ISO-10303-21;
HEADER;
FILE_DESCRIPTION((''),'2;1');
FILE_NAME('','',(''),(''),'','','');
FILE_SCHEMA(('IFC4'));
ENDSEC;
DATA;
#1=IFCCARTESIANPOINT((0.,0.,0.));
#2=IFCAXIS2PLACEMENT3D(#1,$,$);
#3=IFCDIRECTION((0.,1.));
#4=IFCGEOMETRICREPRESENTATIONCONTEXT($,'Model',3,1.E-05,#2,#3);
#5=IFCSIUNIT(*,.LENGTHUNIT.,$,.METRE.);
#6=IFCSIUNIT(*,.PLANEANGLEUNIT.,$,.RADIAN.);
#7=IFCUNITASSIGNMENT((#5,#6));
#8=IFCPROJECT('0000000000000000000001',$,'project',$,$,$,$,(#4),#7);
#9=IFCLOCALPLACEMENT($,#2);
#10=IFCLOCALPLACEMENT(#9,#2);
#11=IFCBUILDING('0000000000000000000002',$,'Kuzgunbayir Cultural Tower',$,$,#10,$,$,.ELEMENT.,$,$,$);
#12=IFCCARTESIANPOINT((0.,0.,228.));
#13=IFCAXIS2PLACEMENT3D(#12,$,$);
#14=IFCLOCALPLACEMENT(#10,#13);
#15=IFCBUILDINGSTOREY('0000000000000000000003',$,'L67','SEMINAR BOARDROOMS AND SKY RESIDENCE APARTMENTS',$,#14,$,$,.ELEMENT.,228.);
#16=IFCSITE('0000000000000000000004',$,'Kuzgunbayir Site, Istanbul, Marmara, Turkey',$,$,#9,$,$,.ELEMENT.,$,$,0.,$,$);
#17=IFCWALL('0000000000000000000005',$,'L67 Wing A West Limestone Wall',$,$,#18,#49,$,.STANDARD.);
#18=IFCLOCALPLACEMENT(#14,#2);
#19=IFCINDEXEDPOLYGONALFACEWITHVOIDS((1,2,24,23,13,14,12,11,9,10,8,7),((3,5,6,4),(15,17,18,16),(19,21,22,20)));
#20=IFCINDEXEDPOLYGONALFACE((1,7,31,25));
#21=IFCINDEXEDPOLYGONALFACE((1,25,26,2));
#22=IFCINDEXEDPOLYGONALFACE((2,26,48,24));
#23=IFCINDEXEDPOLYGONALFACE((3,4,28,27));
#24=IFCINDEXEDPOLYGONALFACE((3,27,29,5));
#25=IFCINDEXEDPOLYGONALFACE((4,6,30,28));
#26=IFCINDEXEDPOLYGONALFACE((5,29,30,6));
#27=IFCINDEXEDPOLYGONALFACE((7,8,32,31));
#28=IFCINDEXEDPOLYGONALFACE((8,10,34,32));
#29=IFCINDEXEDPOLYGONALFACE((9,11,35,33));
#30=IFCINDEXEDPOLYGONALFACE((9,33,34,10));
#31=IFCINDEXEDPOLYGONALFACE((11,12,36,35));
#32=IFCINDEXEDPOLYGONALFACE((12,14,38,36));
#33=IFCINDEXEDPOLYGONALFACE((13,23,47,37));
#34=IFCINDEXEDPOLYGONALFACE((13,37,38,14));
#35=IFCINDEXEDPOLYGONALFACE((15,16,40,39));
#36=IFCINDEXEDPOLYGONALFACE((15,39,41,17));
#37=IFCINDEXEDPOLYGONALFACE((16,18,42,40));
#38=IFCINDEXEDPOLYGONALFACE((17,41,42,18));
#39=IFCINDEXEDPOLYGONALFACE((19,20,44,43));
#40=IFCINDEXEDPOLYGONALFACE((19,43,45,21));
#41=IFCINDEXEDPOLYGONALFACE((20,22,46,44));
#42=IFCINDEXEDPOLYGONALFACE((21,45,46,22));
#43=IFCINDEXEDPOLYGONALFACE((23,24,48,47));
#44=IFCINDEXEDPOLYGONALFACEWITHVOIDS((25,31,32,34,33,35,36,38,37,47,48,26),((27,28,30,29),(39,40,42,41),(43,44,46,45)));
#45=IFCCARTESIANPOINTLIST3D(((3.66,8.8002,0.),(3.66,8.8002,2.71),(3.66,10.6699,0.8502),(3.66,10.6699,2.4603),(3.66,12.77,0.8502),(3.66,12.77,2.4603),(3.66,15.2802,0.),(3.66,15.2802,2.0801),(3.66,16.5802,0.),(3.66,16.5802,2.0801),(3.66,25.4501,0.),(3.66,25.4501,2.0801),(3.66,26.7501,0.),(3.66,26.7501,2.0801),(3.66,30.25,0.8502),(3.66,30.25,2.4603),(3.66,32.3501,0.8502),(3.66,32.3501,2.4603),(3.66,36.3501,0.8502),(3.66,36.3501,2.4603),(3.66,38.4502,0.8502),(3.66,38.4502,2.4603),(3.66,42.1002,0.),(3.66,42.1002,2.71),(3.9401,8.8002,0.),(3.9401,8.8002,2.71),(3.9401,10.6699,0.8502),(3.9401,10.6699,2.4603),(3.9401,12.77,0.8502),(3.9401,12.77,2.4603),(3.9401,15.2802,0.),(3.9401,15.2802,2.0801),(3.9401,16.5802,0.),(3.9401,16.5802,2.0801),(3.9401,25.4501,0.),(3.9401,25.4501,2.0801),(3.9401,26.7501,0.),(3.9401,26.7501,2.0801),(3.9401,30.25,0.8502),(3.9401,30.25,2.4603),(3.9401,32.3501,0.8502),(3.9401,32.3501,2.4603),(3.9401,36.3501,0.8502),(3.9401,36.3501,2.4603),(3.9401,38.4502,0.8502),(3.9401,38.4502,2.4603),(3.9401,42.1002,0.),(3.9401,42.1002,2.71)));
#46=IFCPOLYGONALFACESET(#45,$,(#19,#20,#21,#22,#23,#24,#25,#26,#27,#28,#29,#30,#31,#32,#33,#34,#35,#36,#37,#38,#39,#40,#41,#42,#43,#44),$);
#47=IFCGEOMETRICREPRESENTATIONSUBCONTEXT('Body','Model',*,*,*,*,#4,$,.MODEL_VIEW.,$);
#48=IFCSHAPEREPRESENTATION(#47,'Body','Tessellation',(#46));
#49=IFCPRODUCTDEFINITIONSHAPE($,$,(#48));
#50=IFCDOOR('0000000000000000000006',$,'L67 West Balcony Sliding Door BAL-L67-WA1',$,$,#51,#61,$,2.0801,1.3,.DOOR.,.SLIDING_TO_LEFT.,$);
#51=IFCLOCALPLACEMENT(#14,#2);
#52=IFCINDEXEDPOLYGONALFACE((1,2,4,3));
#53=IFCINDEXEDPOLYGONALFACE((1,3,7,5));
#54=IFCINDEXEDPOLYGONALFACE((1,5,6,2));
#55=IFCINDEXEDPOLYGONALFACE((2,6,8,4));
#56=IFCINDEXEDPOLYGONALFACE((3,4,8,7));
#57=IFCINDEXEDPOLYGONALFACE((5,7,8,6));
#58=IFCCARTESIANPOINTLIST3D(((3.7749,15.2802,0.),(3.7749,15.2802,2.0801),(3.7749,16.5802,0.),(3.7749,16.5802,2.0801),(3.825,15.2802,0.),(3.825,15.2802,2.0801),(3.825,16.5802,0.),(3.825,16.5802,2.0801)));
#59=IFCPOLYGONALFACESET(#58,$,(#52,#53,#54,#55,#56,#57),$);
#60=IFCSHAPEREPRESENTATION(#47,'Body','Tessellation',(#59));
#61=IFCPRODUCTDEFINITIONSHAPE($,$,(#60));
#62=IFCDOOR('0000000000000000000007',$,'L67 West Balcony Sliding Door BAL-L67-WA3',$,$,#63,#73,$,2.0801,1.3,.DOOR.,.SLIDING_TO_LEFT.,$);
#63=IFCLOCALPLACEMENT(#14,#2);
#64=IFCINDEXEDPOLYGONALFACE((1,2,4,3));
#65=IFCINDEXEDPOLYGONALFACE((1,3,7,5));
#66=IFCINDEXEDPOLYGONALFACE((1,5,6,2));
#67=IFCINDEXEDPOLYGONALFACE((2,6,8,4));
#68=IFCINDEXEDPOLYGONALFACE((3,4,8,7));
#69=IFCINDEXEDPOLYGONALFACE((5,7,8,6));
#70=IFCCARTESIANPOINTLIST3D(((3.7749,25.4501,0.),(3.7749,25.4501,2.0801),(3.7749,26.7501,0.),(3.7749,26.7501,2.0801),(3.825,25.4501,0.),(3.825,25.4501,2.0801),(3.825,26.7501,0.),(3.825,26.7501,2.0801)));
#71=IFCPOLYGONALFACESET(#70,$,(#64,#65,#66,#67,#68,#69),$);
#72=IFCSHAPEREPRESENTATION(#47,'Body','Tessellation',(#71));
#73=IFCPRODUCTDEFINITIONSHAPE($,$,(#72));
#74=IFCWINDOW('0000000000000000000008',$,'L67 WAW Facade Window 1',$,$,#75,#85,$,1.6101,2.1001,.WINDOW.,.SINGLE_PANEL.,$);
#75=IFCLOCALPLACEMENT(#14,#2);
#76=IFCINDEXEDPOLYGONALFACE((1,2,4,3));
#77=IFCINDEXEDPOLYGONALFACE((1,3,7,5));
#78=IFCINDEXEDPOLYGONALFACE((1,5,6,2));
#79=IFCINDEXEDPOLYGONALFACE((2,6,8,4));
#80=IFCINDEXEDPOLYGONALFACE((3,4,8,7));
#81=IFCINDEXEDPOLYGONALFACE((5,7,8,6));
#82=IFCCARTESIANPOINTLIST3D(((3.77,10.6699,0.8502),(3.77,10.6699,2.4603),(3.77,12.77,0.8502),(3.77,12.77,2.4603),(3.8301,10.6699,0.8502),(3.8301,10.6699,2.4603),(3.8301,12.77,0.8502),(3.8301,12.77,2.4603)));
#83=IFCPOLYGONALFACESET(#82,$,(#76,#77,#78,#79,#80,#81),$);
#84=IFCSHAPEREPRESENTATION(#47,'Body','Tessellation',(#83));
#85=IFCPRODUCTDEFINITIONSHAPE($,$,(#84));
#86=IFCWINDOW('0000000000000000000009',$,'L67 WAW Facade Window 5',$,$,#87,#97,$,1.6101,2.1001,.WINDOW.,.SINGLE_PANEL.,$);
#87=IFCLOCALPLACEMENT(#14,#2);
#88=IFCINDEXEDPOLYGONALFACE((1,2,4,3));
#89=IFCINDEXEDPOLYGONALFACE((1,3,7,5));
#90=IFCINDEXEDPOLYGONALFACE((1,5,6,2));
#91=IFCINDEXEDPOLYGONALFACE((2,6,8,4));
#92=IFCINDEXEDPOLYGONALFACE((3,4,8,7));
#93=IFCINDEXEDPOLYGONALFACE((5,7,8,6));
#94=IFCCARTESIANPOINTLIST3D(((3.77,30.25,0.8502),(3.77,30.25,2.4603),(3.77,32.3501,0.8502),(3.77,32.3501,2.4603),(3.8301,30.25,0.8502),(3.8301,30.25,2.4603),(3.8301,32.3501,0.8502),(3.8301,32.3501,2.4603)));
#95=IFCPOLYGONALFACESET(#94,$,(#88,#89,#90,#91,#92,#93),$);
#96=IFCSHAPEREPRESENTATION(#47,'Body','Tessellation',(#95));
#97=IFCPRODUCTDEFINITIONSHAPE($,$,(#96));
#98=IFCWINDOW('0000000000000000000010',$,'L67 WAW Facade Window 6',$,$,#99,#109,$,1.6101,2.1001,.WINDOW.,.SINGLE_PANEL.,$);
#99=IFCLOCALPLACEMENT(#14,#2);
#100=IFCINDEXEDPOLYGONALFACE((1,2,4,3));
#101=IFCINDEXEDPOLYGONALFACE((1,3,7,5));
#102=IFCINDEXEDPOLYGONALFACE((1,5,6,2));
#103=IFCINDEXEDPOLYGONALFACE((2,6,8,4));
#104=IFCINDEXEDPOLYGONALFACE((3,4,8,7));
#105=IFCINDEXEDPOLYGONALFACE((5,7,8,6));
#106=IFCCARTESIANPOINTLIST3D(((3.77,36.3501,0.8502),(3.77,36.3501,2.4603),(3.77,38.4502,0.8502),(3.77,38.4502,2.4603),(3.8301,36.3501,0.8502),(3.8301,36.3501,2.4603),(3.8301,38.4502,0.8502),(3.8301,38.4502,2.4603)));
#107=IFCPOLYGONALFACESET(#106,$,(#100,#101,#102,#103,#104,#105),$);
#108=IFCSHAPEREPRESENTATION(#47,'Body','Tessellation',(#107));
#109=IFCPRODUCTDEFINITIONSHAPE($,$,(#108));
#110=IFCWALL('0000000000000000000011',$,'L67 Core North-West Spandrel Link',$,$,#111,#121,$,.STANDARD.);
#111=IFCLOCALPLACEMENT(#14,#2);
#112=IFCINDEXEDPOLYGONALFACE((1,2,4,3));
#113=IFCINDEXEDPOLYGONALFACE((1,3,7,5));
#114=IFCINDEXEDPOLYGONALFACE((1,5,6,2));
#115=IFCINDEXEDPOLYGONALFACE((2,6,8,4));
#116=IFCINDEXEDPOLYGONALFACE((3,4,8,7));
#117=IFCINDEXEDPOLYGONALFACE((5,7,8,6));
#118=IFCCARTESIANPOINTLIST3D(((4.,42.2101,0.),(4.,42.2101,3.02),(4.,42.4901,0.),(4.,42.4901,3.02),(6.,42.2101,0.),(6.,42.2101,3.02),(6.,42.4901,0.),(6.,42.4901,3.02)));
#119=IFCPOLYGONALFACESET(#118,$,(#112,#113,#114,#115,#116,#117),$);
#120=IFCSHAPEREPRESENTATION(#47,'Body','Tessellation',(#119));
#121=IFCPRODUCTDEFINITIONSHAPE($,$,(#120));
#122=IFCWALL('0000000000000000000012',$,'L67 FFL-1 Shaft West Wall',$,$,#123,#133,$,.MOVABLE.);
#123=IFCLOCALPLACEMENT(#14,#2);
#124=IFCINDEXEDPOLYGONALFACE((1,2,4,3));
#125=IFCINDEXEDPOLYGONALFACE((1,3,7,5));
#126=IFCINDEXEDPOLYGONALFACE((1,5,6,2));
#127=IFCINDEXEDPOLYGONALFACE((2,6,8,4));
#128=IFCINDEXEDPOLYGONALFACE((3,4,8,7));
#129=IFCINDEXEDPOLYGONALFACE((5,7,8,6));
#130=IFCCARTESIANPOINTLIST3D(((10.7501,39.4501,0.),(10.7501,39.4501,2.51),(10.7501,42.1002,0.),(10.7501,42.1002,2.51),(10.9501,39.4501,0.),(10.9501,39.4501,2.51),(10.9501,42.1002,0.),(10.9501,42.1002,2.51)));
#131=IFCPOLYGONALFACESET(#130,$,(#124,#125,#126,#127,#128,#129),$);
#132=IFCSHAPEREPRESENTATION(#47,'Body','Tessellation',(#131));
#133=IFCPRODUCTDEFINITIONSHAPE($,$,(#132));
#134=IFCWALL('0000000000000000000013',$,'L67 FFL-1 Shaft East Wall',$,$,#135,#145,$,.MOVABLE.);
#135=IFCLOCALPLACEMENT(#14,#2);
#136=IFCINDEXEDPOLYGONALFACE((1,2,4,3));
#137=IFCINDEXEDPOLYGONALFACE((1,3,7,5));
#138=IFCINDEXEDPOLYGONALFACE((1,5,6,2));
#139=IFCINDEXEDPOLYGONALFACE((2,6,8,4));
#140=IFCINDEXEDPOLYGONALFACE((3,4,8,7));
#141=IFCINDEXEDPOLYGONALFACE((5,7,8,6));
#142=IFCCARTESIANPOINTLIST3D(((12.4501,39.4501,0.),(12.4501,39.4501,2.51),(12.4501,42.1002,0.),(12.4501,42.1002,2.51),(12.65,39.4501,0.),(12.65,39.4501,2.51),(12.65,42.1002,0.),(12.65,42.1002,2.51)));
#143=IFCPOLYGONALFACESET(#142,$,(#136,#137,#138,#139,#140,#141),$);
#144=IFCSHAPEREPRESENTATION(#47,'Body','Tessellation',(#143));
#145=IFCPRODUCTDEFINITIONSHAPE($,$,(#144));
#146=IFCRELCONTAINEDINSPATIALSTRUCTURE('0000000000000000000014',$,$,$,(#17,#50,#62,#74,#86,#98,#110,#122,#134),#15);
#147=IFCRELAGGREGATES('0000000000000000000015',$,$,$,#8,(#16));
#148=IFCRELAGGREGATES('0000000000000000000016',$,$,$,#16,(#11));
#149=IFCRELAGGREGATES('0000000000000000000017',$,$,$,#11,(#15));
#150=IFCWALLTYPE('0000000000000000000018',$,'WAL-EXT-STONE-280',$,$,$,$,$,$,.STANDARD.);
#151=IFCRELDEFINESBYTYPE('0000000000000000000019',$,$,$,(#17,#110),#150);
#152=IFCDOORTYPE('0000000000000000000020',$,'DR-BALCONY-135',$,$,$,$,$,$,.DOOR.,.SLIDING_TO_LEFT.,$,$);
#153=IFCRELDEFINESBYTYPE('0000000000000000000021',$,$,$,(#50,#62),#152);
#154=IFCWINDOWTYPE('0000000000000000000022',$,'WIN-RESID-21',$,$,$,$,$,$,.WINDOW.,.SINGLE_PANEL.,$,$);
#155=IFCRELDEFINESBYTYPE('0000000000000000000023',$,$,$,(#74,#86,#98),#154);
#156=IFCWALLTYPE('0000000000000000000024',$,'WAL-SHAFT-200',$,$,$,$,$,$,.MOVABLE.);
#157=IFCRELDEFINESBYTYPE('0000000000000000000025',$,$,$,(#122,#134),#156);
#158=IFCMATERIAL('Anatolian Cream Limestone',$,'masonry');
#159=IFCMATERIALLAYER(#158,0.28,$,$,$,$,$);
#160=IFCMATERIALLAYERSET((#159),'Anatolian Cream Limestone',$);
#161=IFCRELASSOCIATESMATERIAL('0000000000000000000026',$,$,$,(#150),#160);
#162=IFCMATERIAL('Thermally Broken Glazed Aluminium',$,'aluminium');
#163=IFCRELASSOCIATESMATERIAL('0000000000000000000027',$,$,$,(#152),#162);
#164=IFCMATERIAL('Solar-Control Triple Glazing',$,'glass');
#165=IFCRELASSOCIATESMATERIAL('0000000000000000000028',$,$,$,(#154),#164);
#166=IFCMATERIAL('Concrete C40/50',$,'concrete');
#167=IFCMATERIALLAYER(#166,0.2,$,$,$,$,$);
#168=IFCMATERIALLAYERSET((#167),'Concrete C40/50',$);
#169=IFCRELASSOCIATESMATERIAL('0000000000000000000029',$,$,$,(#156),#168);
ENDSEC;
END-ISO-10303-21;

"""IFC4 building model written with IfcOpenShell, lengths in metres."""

from ifc_helpers import new_model, si_unit, direction, frame, frame_2d, origin, place, context, subcontext, project, spatial, rectangle, extrude, material, layer, layer_set, type_object, element, fill, save


model = new_model("IFC4")

# Units and contexts
model_context = context("Model", 3, precision=1e-05, world=origin(), true_north=direction((0.0, 1.0)))
body_context = subcontext(model_context, "Body", "Model", "MODEL_VIEW")
ifc_project = project(units=[si_unit("LENGTHUNIT", "METRE"), si_unit("PLANEANGLEUNIT", "RADIAN")], contexts=[model_context])

# Site, building, storey
site_placement = place(None, origin())
site = spatial("IfcSite", under=ifc_project, at=site_placement, Name="Kuzgunbayir Site, Istanbul, Marmara, Turkey", CompositionType="ELEMENT", RefElevation=0.0)
building_placement = place(site_placement, origin())
building = spatial("IfcBuilding", under=site, at=building_placement, Name="Kuzgunbayir Cultural Tower", CompositionType="ELEMENT")
storey_placement = place(building_placement, frame((0.0, 0.0, 228.0)))
storey = spatial("IfcBuildingStorey", under=building, at=storey_placement, Name="L67", Description="SEMINAR BOARDROOMS AND SKY RESIDENCE APARTMENTS", CompositionType="ELEMENT", Elevation=228.0)

# Wall, openings, doors, windows
ifc_material_1 = material(Name="Anatolian Cream Limestone", Category="masonry")
ifc_layer_1 = layer(ifc_material_1, 0.28)
ifc_layer_set_1 = layer_set([ifc_layer_1], Name="Anatolian Cream Limestone")
wall_type_1 = type_object("IfcWallType", Name="WAL-EXT-STONE-280", PredefinedType="STANDARD", material=ifc_layer_set_1)
wall_1_placement = place(storey_placement, frame((3.8, 42.1001, 0.0), z_axis=(0.0, 0.0, 1.0), x_axis=(0.0, -1.0, 0.0)))
wall_1 = element("IfcWall", 1, at=wall_1_placement, inside=storey, type_object=wall_type_1, Name="L67 Wing A West Limestone Wall", PredefinedType="STANDARD", context=body_context, shape_type="SweptSolid", body=[
    extrude(rectangle(XDim=33.3, YDim=0.28, at=frame_2d((16.6499, 0.0))), origin(), (0.0, 0.0, 1.0), 2.71),
])
opening_1_placement = place(wall_1_placement, frame((25.52, 0.0, 0.0)))
opening_1 = element("IfcOpeningElement", 2, at=opening_1_placement, cuts=wall_1, PredefinedType="OPENING", context=body_context, shape_type="SweptSolid", body=[
    extrude(rectangle(XDim=1.3, YDim=2.0801, at=frame_2d((0.6499, 1.04))), frame((0.0, 0.1499, 0.0), z_axis=(0.0, -1.0, 0.0), x_axis=(1.0, 0.0, 0.0)), (0.0, 0.0, 1.0), 0.3),
])
opening_2_placement = place(wall_1_placement, frame((15.3501, 0.0, 0.0)))
opening_2 = element("IfcOpeningElement", 3, at=opening_2_placement, cuts=wall_1, PredefinedType="OPENING", context=body_context, shape_type="SweptSolid", body=[
    extrude(rectangle(XDim=1.3, YDim=2.0801, at=frame_2d((0.6499, 1.04))), frame((0.0, 0.1499, 0.0), z_axis=(0.0, -1.0, 0.0), x_axis=(1.0, 0.0, 0.0)), (0.0, 0.0, 1.0), 0.3),
])
opening_3_placement = place(wall_1_placement, frame((29.3301, 0.0, 0.8501)))
opening_3 = element("IfcOpeningElement", 4, at=opening_3_placement, cuts=wall_1, PredefinedType="OPENING", context=body_context, shape_type="SweptSolid", body=[
    extrude(rectangle(XDim=2.1001, YDim=1.6101, at=frame_2d((1.05, 0.8052))), frame((0.0, 0.1499, 0.0), z_axis=(0.0, -1.0, 0.0), x_axis=(1.0, 0.0, 0.0)), (0.0, 0.0, 1.0), 0.3),
])
opening_4_placement = place(wall_1_placement, frame((9.75, 0.0, 0.8501)))
opening_4 = element("IfcOpeningElement", 5, at=opening_4_placement, cuts=wall_1, PredefinedType="OPENING", context=body_context, shape_type="SweptSolid", body=[
    extrude(rectangle(XDim=2.1001, YDim=1.6101, at=frame_2d((1.05, 0.8052))), frame((0.0, 0.1499, 0.0), z_axis=(0.0, -1.0, 0.0), x_axis=(1.0, 0.0, 0.0)), (0.0, 0.0, 1.0), 0.3),
])
opening_5_placement = place(wall_1_placement, frame((3.6499, 0.0, 0.8501)))
opening_5 = element("IfcOpeningElement", 6, at=opening_5_placement, cuts=wall_1, PredefinedType="OPENING", context=body_context, shape_type="SweptSolid", body=[
    extrude(rectangle(XDim=2.1001, YDim=1.6101, at=frame_2d((1.05, 0.8052))), frame((0.0, 0.1499, 0.0), z_axis=(0.0, -1.0, 0.0), x_axis=(1.0, 0.0, 0.0)), (0.0, 0.0, 1.0), 0.3),
])
ifc_material_2 = material(Name="Thermally Broken Glazed Aluminium", Category="aluminium")
door_type_1 = type_object("IfcDoorType", Name="DR-BALCONY-135", OperationType="SLIDING_TO_LEFT", PredefinedType="DOOR", material=ifc_material_2)
door_1_placement = place(opening_1_placement, origin())
door_1 = element("IfcDoor", 7, at=door_1_placement, inside=storey, type_object=door_type_1, Name="L67 West Balcony Sliding Door BAL-L67-WA1", OperationType="SLIDING_TO_LEFT", OverallHeight=2.0801, OverallWidth=1.3, PredefinedType="DOOR", context=body_context, shape_type="SweptSolid", body=[
    extrude(rectangle(XDim=1.3, YDim=2.0801, at=frame_2d((0.6499, 1.04))), frame((0.0, 0.0249, 0.0), z_axis=(0.0, -1.0, 0.0), x_axis=(1.0, 0.0, 0.0)), (0.0, 0.0, 1.0), 0.05),
])
fill(opening_1, door_1)
door_2_placement = place(opening_2_placement, origin())
door_2 = element("IfcDoor", 8, at=door_2_placement, inside=storey, type_object=door_type_1, Name="L67 West Balcony Sliding Door BAL-L67-WA3", OperationType="SLIDING_TO_LEFT", OverallHeight=2.0801, OverallWidth=1.3, PredefinedType="DOOR", context=body_context, shape_type="SweptSolid", body=[
    extrude(rectangle(XDim=1.3, YDim=2.0801, at=frame_2d((0.6499, 1.04))), frame((0.0, 0.0249, 0.0), z_axis=(0.0, -1.0, 0.0), x_axis=(1.0, 0.0, 0.0)), (0.0, 0.0, 1.0), 0.05),
])
fill(opening_2, door_2)
ifc_material_3 = material(Name="Solar-Control Triple Glazing", Category="glass")
window_type = type_object("IfcWindowType", Name="WIN-RESID-21", PartitioningType="SINGLE_PANEL", PredefinedType="WINDOW", material=ifc_material_3)
window_1_placement = place(opening_3_placement, origin())
window_1 = element("IfcWindow", 9, at=window_1_placement, inside=storey, type_object=window_type, Name="L67 WAW Facade Window 1", OverallHeight=1.6101, OverallWidth=2.1001, PartitioningType="SINGLE_PANEL", PredefinedType="WINDOW", context=body_context, shape_type="SweptSolid", body=[
    extrude(rectangle(XDim=2.1001, YDim=1.6101, at=frame_2d((1.05, 0.8052))), frame((0.0, 0.03, 0.0), z_axis=(0.0, -1.0, 0.0), x_axis=(1.0, 0.0, 0.0)), (0.0, 0.0, 1.0), 0.0601),
])
fill(opening_3, window_1)
window_2_placement = place(opening_4_placement, origin())
window_2 = element("IfcWindow", 10, at=window_2_placement, inside=storey, type_object=window_type, Name="L67 WAW Facade Window 5", OverallHeight=1.6101, OverallWidth=2.1001, PartitioningType="SINGLE_PANEL", PredefinedType="WINDOW", context=body_context, shape_type="SweptSolid", body=[
    extrude(rectangle(XDim=2.1001, YDim=1.6101, at=frame_2d((1.05, 0.8052))), frame((0.0, 0.03, 0.0), z_axis=(0.0, -1.0, 0.0), x_axis=(1.0, 0.0, 0.0)), (0.0, 0.0, 1.0), 0.0601),
])
fill(opening_4, window_2)
window_3_placement = place(opening_5_placement, origin())
window_3 = element("IfcWindow", 11, at=window_3_placement, inside=storey, type_object=window_type, Name="L67 WAW Facade Window 6", OverallHeight=1.6101, OverallWidth=2.1001, PartitioningType="SINGLE_PANEL", PredefinedType="WINDOW", context=body_context, shape_type="SweptSolid", body=[
    extrude(rectangle(XDim=2.1001, YDim=1.6101, at=frame_2d((1.05, 0.8052))), frame((0.0, 0.03, 0.0), z_axis=(0.0, -1.0, 0.0), x_axis=(1.0, 0.0, 0.0)), (0.0, 0.0, 1.0), 0.0601),
])
fill(opening_5, window_3)

# Wall
wall_2_placement = place(storey_placement, frame((6.0, 42.3501, 0.0), z_axis=(0.0, 0.0, 1.0), x_axis=(-1.0, 0.0, 0.0)))
element("IfcWall", 12, at=wall_2_placement, inside=storey, type_object=wall_type_1, Name="L67 Core North-West Spandrel Link", PredefinedType="STANDARD", context=body_context, shape_type="SweptSolid", body=[
    extrude(rectangle(XDim=2.0, YDim=0.28, at=frame_2d((1.0, 0.0))), origin(), (0.0, 0.0, 1.0), 3.02),
])

# Shared definitions
ifc_material_4 = material(Name="Concrete C40/50", Category="concrete")
ifc_layer_2 = layer(ifc_material_4, 0.2)
ifc_layer_set_2 = layer_set([ifc_layer_2], Name="Concrete C40/50")
wall_type_2 = type_object("IfcWallType", Name="WAL-SHAFT-200", PredefinedType="MOVABLE", material=ifc_layer_set_2)

# Walls
for number, where, z_axis, x_axis, name in (
    (13, (10.8501, 39.45, 0.0), (0.0, 0.0, 1.0), (0.0, 1.0, 0.0), "L67 FFL-1 Shaft West Wall"),
    (14, (12.55, 39.45, 0.0), (0.0, 0.0, 1.0), (0.0, 1.0, 0.0), "L67 FFL-1 Shaft East Wall"),
):
    element("IfcWall", number, at=place(storey_placement, frame(where, z_axis=z_axis, x_axis=x_axis)), inside=storey, type_object=wall_type_2, Name=name, PredefinedType="MOVABLE", context=body_context, shape_type="SweptSolid", body=[
        extrude(rectangle(XDim=2.6501, YDim=0.2, at=frame_2d((1.3252, 0.0))), origin(), (0.0, 0.0, 1.0), 2.51),
    ])

save(model, "model.ifc")
